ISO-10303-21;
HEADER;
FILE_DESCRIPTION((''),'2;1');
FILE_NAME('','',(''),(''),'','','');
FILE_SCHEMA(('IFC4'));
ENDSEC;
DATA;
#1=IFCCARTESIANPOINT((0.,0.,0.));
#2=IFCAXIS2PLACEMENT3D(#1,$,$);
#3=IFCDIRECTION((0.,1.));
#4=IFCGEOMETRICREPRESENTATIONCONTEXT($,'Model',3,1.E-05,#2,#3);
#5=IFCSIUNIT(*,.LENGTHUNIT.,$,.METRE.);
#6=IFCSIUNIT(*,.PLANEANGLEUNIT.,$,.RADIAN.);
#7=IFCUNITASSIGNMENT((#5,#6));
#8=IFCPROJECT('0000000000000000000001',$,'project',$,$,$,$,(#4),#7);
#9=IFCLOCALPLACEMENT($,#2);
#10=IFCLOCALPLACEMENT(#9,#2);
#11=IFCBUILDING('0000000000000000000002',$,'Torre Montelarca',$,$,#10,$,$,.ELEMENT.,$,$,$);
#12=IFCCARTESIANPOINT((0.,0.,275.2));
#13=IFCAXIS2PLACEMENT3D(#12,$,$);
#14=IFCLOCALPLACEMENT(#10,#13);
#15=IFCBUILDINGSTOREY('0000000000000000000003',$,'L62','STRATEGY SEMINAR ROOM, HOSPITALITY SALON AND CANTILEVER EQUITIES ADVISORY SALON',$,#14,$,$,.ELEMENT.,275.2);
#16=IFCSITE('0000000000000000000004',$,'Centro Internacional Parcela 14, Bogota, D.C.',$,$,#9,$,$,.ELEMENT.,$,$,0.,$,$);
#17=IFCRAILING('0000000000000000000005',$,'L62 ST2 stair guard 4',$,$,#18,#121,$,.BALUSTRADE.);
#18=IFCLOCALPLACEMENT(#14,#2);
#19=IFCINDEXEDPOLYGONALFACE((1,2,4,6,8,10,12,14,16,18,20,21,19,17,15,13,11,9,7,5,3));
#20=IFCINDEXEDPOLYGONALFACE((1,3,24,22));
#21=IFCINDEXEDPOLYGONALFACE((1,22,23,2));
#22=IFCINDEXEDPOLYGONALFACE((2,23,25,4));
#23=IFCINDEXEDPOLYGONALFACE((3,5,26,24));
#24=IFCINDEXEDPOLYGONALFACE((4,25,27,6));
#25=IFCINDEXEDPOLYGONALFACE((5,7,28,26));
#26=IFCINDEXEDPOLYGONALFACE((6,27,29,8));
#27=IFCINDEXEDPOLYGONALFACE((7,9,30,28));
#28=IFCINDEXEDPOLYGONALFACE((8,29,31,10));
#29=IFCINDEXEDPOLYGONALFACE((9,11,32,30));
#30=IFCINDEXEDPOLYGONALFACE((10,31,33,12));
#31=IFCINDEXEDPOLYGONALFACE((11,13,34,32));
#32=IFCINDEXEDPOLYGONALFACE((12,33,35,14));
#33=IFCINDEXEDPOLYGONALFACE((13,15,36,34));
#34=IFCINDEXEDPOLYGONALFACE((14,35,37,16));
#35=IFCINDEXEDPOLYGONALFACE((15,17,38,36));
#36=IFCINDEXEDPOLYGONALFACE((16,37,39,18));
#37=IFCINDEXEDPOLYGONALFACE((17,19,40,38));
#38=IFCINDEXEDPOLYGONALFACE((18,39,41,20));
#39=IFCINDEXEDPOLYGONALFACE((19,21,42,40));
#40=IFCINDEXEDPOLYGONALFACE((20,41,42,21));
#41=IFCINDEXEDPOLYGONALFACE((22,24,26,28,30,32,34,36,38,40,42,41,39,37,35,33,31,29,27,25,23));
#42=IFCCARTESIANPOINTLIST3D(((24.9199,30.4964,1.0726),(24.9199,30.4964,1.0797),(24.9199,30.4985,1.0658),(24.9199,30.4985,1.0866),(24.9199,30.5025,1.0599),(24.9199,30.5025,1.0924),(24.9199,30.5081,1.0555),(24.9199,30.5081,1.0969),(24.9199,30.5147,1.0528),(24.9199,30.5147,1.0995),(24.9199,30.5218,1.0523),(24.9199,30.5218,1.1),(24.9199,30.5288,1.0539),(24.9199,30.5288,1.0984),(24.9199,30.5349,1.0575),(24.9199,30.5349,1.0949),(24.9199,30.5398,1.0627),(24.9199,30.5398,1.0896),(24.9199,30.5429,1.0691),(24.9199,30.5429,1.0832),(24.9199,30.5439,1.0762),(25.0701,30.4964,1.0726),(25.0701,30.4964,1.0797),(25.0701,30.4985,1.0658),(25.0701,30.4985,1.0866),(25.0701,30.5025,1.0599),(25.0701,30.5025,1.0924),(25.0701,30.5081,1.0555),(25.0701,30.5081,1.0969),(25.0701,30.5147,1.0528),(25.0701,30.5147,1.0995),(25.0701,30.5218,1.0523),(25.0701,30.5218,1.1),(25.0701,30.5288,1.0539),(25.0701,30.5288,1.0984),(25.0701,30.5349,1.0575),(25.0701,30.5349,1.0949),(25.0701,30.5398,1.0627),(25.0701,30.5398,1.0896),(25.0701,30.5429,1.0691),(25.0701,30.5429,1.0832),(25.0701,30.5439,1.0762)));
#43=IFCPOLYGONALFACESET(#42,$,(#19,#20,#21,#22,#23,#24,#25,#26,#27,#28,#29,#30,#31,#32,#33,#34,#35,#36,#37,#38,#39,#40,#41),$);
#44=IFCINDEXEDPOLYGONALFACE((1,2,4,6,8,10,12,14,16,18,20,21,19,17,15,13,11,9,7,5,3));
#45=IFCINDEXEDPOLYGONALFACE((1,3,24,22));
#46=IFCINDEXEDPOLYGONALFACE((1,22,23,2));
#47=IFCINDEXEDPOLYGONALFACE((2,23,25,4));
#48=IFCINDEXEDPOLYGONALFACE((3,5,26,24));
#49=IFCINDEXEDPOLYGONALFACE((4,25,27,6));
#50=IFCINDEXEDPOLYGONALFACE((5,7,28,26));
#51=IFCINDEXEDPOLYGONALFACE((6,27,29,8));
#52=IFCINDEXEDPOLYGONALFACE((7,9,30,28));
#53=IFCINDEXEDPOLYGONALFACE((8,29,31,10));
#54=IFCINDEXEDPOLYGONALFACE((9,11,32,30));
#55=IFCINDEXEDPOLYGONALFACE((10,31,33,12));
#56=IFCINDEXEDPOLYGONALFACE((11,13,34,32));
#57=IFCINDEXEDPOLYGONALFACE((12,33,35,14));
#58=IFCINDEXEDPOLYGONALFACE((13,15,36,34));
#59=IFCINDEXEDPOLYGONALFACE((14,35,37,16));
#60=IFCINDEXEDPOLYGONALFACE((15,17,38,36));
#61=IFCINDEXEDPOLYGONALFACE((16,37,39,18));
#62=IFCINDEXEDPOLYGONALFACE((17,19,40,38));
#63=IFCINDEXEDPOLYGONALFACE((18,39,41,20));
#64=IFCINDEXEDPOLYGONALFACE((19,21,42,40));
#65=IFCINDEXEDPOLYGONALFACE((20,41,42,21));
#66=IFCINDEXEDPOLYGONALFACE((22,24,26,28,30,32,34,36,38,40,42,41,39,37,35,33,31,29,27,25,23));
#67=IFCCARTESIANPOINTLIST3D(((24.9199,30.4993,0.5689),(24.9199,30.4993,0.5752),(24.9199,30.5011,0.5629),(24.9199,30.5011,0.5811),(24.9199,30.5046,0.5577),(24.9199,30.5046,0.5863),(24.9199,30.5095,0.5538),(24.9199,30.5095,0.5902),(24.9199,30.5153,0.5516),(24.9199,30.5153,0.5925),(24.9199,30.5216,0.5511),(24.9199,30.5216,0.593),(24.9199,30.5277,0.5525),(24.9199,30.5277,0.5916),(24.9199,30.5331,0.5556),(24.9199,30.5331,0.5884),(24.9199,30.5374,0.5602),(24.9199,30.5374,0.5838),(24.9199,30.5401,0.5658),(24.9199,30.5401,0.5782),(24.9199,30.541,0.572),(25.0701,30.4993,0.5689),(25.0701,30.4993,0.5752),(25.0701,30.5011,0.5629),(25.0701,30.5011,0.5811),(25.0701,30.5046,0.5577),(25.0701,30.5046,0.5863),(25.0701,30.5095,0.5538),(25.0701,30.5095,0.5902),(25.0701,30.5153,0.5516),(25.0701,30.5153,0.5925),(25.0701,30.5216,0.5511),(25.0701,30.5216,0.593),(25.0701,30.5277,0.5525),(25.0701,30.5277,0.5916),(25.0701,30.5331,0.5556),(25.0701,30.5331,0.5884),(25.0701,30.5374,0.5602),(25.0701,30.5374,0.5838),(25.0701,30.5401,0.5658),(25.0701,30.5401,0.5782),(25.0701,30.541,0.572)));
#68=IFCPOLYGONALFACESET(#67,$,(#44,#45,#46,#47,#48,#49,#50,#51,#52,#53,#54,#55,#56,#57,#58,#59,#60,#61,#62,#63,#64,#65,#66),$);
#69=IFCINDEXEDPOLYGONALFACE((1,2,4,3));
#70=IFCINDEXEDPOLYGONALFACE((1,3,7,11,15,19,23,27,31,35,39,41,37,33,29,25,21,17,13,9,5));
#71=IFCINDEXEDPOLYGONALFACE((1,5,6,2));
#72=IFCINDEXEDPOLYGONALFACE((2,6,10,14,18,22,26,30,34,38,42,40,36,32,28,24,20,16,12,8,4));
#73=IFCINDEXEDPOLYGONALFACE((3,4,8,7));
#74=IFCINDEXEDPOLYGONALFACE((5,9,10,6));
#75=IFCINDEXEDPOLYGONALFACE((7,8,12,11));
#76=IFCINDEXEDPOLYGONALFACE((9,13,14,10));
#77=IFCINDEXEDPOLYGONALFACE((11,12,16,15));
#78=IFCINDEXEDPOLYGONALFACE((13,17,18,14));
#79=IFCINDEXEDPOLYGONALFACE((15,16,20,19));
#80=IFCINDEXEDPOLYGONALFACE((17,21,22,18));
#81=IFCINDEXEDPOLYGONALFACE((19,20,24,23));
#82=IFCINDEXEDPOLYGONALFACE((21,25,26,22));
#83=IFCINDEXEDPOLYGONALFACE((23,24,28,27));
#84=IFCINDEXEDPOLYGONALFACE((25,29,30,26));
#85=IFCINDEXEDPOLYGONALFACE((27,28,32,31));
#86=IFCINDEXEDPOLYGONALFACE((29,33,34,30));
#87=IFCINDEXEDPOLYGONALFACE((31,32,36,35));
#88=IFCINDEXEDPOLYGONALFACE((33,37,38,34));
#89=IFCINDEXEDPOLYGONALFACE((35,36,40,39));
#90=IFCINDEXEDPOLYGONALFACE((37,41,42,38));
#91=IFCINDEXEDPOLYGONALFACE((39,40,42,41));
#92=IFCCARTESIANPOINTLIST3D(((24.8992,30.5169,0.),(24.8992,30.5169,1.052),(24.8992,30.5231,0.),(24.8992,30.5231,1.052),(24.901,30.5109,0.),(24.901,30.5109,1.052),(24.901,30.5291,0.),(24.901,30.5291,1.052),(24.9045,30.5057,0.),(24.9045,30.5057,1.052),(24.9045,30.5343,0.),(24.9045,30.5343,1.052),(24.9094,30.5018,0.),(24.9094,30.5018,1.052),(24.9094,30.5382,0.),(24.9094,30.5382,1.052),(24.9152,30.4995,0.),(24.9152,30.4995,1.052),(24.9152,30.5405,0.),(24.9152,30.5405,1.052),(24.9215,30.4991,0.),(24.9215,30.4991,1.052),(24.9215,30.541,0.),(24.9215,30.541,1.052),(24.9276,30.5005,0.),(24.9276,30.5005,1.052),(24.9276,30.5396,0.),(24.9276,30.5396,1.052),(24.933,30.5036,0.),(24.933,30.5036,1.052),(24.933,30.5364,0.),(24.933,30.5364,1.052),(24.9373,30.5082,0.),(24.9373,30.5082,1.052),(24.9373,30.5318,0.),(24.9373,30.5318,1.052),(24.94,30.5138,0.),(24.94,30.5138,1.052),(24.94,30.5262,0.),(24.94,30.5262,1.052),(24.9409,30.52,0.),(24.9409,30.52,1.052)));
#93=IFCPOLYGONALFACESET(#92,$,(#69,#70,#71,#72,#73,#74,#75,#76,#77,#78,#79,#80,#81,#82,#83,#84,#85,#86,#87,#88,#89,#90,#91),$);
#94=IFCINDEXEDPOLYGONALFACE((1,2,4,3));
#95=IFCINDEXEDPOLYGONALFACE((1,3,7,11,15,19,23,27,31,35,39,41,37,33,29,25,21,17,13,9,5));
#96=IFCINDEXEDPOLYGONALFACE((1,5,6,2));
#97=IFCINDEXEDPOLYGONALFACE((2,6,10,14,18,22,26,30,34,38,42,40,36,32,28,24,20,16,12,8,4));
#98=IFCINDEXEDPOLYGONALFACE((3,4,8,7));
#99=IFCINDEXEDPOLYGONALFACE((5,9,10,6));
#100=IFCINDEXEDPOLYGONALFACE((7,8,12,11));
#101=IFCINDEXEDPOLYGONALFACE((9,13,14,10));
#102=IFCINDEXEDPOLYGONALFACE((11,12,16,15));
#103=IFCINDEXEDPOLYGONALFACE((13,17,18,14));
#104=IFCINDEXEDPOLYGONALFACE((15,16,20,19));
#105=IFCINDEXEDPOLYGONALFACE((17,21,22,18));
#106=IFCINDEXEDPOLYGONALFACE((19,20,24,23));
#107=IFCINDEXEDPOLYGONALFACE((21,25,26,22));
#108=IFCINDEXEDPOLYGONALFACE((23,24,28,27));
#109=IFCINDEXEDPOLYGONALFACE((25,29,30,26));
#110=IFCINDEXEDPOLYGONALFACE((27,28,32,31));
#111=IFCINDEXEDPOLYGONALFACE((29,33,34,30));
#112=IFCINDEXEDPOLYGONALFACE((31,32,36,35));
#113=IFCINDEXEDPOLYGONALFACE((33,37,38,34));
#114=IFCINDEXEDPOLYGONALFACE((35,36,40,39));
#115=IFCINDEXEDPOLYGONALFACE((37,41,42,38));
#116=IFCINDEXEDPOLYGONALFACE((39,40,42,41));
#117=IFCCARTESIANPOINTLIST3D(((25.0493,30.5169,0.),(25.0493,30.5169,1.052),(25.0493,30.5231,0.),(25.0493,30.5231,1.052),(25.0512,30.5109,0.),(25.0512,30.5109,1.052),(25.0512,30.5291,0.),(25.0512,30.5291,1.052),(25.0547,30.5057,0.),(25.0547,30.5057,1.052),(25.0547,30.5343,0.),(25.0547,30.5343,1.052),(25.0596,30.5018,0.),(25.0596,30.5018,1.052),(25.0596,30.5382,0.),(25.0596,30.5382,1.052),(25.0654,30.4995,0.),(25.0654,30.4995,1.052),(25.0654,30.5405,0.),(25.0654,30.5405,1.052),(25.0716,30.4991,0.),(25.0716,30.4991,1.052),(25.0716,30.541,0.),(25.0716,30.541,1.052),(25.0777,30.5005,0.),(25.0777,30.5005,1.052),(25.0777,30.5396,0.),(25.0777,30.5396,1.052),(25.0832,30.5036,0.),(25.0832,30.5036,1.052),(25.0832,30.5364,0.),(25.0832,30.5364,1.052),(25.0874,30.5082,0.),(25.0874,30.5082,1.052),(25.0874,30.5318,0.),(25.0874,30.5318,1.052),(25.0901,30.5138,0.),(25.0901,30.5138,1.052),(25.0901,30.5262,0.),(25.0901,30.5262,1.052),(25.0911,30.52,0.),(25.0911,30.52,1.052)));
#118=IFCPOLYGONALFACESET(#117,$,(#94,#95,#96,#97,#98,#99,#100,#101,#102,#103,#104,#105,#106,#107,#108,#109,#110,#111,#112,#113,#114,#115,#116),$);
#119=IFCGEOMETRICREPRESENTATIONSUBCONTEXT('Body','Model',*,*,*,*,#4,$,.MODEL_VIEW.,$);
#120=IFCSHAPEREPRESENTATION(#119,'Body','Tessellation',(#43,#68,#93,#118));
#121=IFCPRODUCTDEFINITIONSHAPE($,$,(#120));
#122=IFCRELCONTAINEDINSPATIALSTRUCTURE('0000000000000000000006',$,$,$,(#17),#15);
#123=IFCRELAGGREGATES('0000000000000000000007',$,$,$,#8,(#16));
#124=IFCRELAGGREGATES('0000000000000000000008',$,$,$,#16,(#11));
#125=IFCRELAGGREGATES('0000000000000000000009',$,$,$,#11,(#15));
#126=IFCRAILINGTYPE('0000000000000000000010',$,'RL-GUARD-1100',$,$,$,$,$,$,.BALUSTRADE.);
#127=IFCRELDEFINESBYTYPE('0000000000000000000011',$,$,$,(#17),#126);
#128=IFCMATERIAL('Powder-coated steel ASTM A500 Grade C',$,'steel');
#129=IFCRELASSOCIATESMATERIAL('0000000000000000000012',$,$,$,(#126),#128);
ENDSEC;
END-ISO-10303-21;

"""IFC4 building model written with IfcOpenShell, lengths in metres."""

from ifc_helpers import new_model, si_unit, direction, frame, origin, origin_2d, place, context, subcontext, project, spatial, circle, extrude, material, type_object, element, save


model = new_model("IFC4")

# Units and contexts
model_context = context("Model", 3, precision=1e-05, world=origin(), true_north=direction((0.0, 1.0)))
body_context = subcontext(model_context, "Body", "Model", "MODEL_VIEW")
ifc_project = project(units=[si_unit("LENGTHUNIT", "METRE"), si_unit("PLANEANGLEUNIT", "RADIAN")], contexts=[model_context])

# Site, building, storey
site_placement = place(None, origin())
site = spatial("IfcSite", under=ifc_project, at=site_placement, Name="Centro Internacional Parcela 14, Bogota, D.C.", CompositionType="ELEMENT", RefElevation=0.0)
building_placement = place(site_placement, origin())
building = spatial("IfcBuilding", under=site, at=building_placement, Name="Torre Montelarca", CompositionType="ELEMENT")
storey_placement = place(building_placement, frame((0.0, 0.0, 275.2)))
storey = spatial("IfcBuildingStorey", under=building, at=storey_placement, Name="L62", Description="STRATEGY SEMINAR ROOM, HOSPITALITY SALON AND CANTILEVER EQUITIES ADVISORY SALON", CompositionType="ELEMENT", Elevation=275.2)

# Railing
ifc_material_1 = material(Name="Powder-coated steel ASTM A500 Grade C", Category="steel")
railing_type_1 = type_object("IfcRailingType", Name="RL-GUARD-1100", PredefinedType="BALUSTRADE", material=ifc_material_1)
railing_1_placement = place(storey_placement, frame((24.9199, 30.52, 0.0)))
element("IfcRailing", 1, at=railing_1_placement, inside=storey, type_object=railing_type_1, Name="L62 ST2 stair guard 4", PredefinedType="BALUSTRADE", context=body_context, shape_type="SweptSolid", body=[
    extrude(circle(Radius=0.0239, at=origin_2d()), frame((0.0, 0.0, 1.0762), z_axis=(1.0, 0.0, 0.0), x_axis=(0.0, 1.0, 0.0)), (0.0, 0.0, 1.0), 0.1501),
    extrude(circle(Radius=0.021, at=origin_2d()), frame((0.0, 0.0, 0.572), z_axis=(1.0, 0.0, 0.0), x_axis=(0.0, 1.0, 0.0)), (0.0, 0.0, 1.0), 0.1501),
    extrude(circle(Radius=0.021, at=origin_2d()), origin(), (0.0, 0.0, 1.0), 1.052),
    extrude(circle(Radius=0.021, at=origin_2d()), frame((0.1501, 0.0, 0.0)), (0.0, 0.0, 1.0), 1.052),
])

save(model, "model.ifc")
